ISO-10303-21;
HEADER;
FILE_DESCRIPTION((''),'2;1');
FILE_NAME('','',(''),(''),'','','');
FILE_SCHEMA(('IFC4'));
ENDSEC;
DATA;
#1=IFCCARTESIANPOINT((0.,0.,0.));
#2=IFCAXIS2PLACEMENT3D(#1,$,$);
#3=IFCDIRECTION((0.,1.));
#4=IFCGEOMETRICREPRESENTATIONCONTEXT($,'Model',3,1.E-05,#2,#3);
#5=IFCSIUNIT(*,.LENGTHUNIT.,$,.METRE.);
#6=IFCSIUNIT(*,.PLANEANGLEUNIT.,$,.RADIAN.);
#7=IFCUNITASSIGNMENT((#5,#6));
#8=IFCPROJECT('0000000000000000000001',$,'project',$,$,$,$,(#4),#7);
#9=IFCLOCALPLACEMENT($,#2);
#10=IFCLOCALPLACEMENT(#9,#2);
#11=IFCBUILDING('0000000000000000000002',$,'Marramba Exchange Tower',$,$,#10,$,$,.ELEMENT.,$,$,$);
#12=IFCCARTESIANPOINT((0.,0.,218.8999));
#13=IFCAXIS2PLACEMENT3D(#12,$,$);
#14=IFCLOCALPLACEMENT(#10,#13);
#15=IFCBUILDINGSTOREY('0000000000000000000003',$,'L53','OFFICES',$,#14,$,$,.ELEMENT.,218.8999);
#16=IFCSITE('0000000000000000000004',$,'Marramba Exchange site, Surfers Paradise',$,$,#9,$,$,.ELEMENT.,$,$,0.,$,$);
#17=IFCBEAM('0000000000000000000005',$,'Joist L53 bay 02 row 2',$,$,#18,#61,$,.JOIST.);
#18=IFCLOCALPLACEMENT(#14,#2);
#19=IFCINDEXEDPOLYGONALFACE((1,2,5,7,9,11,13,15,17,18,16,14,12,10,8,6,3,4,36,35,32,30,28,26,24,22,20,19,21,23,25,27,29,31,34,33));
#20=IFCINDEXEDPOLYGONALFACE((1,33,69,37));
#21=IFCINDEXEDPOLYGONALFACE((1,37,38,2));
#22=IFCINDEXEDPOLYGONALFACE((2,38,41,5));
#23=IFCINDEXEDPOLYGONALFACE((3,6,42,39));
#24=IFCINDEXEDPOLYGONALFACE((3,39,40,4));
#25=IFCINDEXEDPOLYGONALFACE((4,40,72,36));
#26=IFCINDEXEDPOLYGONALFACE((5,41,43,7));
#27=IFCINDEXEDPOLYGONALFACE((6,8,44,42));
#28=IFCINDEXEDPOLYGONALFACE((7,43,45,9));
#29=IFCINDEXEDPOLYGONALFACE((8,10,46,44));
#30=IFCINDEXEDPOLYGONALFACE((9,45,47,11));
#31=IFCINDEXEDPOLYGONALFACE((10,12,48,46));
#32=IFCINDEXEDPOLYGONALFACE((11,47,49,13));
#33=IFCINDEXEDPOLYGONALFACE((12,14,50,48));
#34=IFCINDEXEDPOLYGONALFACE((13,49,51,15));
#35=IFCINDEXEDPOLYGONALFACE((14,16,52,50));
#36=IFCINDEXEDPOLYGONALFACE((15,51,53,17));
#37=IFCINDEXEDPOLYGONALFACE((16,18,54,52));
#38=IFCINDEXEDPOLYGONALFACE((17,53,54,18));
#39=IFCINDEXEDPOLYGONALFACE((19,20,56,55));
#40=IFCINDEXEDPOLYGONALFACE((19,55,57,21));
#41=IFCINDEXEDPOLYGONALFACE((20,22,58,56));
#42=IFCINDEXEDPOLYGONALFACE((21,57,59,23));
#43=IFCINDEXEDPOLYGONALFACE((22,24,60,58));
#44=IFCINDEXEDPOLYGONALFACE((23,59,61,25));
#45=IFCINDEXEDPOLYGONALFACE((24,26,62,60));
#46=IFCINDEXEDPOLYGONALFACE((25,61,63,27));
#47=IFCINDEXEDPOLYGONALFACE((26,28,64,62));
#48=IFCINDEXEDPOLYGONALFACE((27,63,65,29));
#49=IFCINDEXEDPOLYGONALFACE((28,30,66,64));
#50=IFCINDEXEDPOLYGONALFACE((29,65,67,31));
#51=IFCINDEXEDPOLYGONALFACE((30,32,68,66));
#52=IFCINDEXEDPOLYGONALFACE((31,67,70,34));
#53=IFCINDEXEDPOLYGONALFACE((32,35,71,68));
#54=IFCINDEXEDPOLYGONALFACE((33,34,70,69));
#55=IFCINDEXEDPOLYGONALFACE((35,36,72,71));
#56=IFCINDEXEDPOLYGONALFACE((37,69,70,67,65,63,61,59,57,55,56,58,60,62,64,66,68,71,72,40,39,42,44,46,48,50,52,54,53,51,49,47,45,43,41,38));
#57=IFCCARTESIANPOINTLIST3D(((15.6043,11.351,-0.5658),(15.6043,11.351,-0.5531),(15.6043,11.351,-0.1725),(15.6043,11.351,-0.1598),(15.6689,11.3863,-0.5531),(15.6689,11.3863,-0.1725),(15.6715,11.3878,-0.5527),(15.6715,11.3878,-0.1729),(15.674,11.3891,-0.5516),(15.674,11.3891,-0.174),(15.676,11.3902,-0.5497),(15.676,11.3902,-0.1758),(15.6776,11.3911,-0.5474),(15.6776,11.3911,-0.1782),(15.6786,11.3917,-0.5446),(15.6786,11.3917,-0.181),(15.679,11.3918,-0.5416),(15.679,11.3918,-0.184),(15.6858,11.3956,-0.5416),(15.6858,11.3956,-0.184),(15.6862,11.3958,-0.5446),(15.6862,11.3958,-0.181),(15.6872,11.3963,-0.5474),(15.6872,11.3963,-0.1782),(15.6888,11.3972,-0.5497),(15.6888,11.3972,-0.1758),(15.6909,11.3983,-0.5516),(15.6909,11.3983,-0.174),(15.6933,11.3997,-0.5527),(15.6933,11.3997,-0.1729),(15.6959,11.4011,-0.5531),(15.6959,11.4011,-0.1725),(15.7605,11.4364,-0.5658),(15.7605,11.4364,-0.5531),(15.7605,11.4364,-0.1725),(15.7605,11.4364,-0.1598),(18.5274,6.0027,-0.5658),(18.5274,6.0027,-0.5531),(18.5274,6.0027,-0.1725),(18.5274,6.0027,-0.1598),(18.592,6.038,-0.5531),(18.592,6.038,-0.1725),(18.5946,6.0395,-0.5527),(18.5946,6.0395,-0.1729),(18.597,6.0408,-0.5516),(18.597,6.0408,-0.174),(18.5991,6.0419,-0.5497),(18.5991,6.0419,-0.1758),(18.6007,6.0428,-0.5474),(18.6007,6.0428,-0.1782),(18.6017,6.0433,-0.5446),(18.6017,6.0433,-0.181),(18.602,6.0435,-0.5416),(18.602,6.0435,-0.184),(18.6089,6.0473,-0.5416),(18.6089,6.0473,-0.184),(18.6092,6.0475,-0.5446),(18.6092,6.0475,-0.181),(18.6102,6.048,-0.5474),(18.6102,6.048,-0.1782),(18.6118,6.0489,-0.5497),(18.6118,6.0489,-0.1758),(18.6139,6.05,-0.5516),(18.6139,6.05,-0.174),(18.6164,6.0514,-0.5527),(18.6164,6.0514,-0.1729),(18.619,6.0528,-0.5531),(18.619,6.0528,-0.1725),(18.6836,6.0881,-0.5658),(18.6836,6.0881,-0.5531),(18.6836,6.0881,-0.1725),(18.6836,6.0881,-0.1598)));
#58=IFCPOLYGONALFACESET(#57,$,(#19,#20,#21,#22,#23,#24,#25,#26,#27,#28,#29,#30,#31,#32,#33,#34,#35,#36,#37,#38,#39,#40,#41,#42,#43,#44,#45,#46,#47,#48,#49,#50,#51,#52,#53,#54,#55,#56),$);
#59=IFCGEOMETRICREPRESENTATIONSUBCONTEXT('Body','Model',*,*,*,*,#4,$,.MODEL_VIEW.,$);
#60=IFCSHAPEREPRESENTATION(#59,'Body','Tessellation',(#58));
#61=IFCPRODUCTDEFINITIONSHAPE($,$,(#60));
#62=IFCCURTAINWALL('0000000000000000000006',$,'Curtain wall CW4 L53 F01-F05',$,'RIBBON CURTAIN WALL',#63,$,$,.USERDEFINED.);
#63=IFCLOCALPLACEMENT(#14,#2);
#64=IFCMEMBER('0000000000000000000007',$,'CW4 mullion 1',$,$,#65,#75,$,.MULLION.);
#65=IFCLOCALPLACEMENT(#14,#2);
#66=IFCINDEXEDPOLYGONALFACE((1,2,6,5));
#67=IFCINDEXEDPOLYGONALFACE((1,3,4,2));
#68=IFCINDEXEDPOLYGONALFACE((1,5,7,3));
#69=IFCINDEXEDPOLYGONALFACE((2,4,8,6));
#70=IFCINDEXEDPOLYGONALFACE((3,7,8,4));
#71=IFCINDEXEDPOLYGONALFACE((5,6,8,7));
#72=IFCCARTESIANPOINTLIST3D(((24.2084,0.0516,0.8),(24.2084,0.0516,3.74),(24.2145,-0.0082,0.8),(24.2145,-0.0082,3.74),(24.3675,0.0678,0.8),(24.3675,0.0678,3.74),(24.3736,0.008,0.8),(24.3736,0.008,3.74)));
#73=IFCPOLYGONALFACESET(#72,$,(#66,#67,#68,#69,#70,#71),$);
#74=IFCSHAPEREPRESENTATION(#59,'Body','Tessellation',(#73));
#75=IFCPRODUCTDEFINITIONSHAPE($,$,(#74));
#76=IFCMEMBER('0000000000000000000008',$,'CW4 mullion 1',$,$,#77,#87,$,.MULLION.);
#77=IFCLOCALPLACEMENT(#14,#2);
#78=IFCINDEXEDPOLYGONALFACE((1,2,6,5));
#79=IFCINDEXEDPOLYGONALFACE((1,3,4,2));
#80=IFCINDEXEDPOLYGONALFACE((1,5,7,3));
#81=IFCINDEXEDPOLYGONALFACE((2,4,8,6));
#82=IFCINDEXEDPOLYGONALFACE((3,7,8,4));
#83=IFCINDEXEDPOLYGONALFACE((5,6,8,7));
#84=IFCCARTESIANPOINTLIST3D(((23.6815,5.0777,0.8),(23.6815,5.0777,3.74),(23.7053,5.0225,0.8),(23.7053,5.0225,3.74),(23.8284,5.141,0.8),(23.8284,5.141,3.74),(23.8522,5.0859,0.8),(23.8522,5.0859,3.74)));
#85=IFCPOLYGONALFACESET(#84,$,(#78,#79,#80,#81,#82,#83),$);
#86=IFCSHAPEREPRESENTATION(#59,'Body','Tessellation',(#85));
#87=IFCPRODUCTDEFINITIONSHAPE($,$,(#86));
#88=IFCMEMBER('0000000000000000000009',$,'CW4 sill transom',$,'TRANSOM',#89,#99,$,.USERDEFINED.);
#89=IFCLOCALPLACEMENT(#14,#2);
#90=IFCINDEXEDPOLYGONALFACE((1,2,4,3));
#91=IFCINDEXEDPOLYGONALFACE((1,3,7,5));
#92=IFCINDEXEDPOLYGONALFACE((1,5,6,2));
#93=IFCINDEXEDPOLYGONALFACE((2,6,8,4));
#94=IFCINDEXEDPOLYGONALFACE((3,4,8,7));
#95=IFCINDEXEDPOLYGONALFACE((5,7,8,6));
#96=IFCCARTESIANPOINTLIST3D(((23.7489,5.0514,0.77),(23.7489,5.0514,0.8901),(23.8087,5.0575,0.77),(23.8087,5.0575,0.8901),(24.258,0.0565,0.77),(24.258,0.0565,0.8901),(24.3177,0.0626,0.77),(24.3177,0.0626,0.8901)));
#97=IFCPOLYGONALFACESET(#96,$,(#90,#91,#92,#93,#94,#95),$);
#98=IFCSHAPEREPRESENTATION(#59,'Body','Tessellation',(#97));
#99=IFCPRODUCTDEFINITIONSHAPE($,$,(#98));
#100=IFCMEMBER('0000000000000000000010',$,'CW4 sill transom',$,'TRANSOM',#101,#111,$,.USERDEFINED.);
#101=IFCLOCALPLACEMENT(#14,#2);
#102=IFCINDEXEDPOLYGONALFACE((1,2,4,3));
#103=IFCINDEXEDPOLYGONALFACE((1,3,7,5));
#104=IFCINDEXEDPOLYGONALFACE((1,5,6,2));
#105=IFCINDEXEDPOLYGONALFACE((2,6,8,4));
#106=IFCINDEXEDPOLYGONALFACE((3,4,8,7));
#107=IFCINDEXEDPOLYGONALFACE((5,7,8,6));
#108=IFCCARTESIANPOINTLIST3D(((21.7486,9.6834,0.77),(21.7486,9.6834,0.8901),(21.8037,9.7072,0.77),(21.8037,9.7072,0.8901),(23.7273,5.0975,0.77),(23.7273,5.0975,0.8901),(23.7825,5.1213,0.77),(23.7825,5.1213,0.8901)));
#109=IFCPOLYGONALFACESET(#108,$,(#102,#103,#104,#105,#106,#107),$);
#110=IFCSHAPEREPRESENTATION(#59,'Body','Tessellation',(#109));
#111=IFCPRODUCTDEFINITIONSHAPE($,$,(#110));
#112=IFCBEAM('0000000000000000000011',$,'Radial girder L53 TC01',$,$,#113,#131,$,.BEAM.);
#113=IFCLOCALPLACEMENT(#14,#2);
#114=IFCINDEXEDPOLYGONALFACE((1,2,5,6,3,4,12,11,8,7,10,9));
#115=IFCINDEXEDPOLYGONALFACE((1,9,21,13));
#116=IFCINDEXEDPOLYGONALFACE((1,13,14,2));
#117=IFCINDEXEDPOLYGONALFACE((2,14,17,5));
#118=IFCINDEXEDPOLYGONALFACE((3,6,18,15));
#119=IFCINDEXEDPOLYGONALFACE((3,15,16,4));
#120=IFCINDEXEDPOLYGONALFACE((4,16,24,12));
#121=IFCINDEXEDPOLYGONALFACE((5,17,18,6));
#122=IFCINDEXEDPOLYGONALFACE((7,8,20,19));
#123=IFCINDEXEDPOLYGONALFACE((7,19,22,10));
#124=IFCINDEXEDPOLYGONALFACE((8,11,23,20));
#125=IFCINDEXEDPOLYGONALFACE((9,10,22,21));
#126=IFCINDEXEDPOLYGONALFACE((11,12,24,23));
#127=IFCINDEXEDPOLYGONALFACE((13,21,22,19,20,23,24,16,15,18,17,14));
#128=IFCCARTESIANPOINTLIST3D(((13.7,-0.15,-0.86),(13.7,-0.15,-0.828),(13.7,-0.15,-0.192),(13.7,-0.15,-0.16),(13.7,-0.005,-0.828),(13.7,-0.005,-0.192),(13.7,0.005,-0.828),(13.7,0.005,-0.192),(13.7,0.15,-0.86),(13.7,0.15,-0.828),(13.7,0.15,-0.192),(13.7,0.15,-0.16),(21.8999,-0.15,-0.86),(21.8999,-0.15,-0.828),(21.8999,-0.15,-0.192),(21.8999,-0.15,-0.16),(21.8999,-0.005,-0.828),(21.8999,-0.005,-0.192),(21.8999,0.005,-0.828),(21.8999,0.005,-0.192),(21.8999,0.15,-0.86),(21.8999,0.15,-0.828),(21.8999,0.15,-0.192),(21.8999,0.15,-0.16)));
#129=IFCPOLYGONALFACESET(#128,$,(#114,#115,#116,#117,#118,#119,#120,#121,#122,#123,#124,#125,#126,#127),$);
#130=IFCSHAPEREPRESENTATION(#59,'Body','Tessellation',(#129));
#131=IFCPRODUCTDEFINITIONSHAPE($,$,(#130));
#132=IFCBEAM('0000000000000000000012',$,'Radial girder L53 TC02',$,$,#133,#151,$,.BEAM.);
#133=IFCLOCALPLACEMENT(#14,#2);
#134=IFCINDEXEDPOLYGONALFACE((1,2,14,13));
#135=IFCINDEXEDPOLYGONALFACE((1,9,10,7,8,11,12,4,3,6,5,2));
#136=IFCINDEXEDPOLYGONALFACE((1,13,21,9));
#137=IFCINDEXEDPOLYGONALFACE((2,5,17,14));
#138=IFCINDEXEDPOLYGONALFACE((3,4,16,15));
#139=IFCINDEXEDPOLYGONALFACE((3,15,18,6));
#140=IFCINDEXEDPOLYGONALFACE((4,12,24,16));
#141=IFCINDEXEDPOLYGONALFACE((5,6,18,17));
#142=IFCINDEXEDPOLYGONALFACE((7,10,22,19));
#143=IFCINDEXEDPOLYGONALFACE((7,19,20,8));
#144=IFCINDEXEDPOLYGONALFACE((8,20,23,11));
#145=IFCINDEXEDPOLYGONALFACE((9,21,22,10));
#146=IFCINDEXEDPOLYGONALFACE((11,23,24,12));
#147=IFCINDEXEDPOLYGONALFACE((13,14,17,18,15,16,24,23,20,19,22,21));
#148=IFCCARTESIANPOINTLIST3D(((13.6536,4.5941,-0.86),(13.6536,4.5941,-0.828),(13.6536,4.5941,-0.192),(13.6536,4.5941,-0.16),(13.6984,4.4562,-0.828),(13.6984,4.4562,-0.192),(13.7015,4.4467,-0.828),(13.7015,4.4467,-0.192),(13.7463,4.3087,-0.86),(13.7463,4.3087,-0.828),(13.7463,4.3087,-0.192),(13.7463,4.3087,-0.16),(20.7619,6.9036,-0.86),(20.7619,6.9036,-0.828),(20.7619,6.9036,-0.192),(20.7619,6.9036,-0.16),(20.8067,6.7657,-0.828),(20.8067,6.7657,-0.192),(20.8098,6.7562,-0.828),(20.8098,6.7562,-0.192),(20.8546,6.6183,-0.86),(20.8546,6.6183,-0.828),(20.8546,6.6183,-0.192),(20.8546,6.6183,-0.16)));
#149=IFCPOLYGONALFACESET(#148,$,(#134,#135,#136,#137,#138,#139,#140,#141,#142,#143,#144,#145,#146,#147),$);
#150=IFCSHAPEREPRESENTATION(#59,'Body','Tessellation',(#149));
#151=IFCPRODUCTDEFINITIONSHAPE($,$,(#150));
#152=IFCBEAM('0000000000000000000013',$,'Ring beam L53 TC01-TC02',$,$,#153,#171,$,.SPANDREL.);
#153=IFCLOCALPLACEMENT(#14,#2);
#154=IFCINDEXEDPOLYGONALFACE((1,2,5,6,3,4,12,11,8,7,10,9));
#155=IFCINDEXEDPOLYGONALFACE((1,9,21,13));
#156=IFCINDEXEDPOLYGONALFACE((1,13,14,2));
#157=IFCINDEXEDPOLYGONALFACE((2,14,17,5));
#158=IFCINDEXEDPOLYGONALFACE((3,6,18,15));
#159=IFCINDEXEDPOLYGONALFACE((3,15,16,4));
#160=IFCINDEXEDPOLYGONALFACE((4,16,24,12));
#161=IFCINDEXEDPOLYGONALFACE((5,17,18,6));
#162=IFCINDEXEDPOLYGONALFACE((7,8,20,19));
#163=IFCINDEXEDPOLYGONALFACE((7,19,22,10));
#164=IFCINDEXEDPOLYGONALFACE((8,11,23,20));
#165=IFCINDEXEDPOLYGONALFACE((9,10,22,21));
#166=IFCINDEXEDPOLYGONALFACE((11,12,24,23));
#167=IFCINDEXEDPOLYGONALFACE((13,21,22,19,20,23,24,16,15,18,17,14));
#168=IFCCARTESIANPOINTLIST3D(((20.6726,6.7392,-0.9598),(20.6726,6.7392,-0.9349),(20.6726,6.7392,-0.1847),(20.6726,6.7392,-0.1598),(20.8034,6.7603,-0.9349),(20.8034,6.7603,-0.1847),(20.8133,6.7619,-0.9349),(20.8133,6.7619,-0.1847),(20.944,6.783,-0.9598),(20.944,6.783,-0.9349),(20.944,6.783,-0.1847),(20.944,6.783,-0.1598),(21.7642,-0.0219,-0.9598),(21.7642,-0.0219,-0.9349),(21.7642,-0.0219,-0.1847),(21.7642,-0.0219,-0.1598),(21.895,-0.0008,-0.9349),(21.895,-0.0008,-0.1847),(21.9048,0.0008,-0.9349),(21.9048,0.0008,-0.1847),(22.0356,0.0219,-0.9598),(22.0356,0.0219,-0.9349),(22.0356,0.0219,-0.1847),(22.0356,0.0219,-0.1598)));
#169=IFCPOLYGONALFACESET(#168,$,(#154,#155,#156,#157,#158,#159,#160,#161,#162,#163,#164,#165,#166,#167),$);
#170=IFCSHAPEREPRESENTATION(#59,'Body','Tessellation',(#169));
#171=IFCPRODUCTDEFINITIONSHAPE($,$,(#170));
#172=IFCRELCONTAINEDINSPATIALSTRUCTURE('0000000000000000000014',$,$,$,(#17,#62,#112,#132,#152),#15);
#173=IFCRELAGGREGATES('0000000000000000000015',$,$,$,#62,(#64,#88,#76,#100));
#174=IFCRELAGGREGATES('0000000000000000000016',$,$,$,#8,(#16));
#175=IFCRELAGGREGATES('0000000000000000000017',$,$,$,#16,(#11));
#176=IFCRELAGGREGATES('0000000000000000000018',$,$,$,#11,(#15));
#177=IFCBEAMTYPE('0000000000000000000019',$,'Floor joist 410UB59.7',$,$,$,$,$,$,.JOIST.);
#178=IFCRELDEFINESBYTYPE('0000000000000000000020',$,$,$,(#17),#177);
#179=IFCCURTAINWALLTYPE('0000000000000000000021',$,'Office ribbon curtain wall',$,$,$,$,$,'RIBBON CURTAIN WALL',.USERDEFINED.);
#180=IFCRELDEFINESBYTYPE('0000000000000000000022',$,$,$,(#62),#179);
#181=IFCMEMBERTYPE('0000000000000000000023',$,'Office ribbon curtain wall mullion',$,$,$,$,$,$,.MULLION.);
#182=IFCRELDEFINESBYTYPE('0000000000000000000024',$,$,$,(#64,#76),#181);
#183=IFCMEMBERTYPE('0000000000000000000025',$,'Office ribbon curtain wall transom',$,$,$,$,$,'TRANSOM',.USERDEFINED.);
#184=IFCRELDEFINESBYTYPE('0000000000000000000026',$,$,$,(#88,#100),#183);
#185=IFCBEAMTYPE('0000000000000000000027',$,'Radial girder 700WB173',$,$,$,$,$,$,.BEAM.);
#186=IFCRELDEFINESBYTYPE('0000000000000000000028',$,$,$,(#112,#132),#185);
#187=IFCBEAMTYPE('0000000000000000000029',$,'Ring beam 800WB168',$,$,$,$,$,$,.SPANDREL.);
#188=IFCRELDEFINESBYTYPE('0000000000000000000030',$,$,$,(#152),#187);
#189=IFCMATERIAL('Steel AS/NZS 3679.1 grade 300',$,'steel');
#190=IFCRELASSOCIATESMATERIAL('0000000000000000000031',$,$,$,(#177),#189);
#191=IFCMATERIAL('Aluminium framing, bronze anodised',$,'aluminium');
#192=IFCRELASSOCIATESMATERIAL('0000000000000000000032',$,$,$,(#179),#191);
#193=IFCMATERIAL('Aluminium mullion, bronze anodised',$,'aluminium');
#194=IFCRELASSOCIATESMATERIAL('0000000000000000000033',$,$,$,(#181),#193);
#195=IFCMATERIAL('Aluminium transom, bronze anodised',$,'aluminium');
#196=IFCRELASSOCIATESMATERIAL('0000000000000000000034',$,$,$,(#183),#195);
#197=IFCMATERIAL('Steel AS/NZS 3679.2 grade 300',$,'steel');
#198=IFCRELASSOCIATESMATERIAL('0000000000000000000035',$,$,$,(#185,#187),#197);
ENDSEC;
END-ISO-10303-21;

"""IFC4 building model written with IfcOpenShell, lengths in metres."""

from ifc_helpers import new_model, si_unit, direction, frame, origin, origin_2d, place, context, subcontext, project, spatial, rectangle, i_section, extrude, material, material_profile, profile_set, type_object, element, aggregate, save


model = new_model("IFC4")

# Units and contexts
model_context = context("Model", 3, precision=1e-05, world=origin(), true_north=direction((0.0, 1.0)))
body_context = subcontext(model_context, "Body", "Model", "MODEL_VIEW")
ifc_project = project(units=[si_unit("LENGTHUNIT", "METRE"), si_unit("PLANEANGLEUNIT", "RADIAN")], contexts=[model_context])

# Site, building, storey
site_placement = place(None, origin())
site = spatial("IfcSite", under=ifc_project, at=site_placement, Name="Marramba Exchange site, Surfers Paradise", CompositionType="ELEMENT", RefElevation=0.0)
building_placement = place(site_placement, origin())
building = spatial("IfcBuilding", under=site, at=building_placement, Name="Marramba Exchange Tower", CompositionType="ELEMENT")
storey_placement = place(building_placement, frame((0.0, 0.0, 218.8999)))
storey = spatial("IfcBuildingStorey", under=building, at=storey_placement, Name="L53", Description="OFFICES", CompositionType="ELEMENT", Elevation=218.8999)

# Beam
ifc_material_1 = material(Name="Steel AS/NZS 3679.2 grade 300", Category="steel")
ifc_material_2 = material(Name="Steel AS/NZS 3679.1 grade 300", Category="steel")
ifc_material_profile_1 = material_profile(ifc_material_2, i_section(OverallWidth=0.178, OverallDepth=0.406, WebThickness=0.0078, FlangeThickness=0.0127, FilletRadius=0.0115, at=origin_2d()), Name="410UB59.7")
ifc_profile_set_1 = profile_set([ifc_material_profile_1], Name="Steel AS/NZS 3679.1 grade 300")
beam_type_1 = type_object("IfcBeamType", Name="Floor joist 410UB59.7", PredefinedType="JOIST", material=ifc_profile_set_1)
beam_1_placement = place(storey_placement, frame((18.6055, 6.0454, -0.3628), z_axis=(-0.479584, 0.877496, 0.0), x_axis=(-0.877496, -0.479584, 0.0)))
element("IfcBeam", 1, at=beam_1_placement, inside=storey, type_object=beam_type_1, Name="Joist L53 bay 02 row 2", PredefinedType="JOIST", context=body_context, shape_type="SweptSolid", body=[
    extrude(i_section(OverallWidth=0.178, OverallDepth=0.406, WebThickness=0.0078, FlangeThickness=0.0127, FilletRadius=0.0115, at=origin_2d()), origin(), (0.0, 0.0, 1.0), 6.095),
])

# Curtain wall, members
ifc_material_3 = material(Name="Aluminium framing, bronze anodised", Category="aluminium")
curtain_wall_type = type_object("IfcCurtainWallType", Name="Office ribbon curtain wall", ElementType="RIBBON CURTAIN WALL", PredefinedType="USERDEFINED", material=ifc_material_3)
curtain_wall_placement = place(storey_placement, origin())
curtain_wall = element("IfcCurtainWall", 2, at=curtain_wall_placement, inside=storey, type_object=curtain_wall_type, Name="Curtain wall CW4 L53 F01-F05", ObjectType="RIBBON CURTAIN WALL", PredefinedType="USERDEFINED")
ifc_material_4 = material(Name="Aluminium mullion, bronze anodised", Category="aluminium")
ifc_material_profile_2 = material_profile(ifc_material_4, rectangle(XDim=0.1599, YDim=0.0601, at=origin_2d()), Name="CW4 mullion 60x160")
ifc_profile_set_2 = profile_set([ifc_material_profile_2], Name="Aluminium mullion, bronze anodised")
member_type_1 = type_object("IfcMemberType", Name="Office ribbon curtain wall mullion", PredefinedType="MULLION", material=ifc_profile_set_2)
member_1_placement = place(storey_placement, frame((24.291, 0.0298, 0.8), z_axis=(0.0, 0.0, 1.0), x_axis=(-0.994843, -0.101422, 0.0)))
member_1 = element("IfcMember", 3, at=member_1_placement, type_object=member_type_1, Name="CW4 mullion 1", PredefinedType="MULLION", context=body_context, shape_type="SweptSolid", body=[
    extrude(rectangle(XDim=0.1599, YDim=0.0601, at=origin_2d()), origin(), (0.0, 0.0, 1.0), 2.9399),
])
member_2_placement = place(storey_placement, frame((23.7668, 5.0818, 0.8), z_axis=(0.0, 0.0, 1.0), x_axis=(-0.918167, -0.396193, 0.0)))
member_2 = element("IfcMember", 4, at=member_2_placement, type_object=member_type_1, Name="CW4 mullion 1", PredefinedType="MULLION", context=body_context, shape_type="SweptSolid", body=[
    extrude(rectangle(XDim=0.1599, YDim=0.0601, at=origin_2d()), origin(), (0.0, 0.0, 1.0), 2.9399),
])
ifc_material_5 = material(Name="Aluminium transom, bronze anodised", Category="aluminium")
ifc_material_profile_3 = material_profile(ifc_material_5, rectangle(XDim=0.0601, YDim=0.1201, at=origin_2d()), Name="CW4 transom 60x120")
ifc_profile_set_3 = profile_set([ifc_material_profile_3], Name="Aluminium transom, bronze anodised")
member_type_2 = type_object("IfcMemberType", Name="Office ribbon curtain wall transom", ElementType="TRANSOM", PredefinedType="USERDEFINED", material=ifc_profile_set_3)
member_3_placement = place(storey_placement, frame((24.2878, 0.0596, 0.8301), z_axis=(-0.101386, 0.994847, 0.0), x_axis=(-0.994847, -0.101386, 0.0)))
member_3 = element("IfcMember", 5, at=member_3_placement, type_object=member_type_2, Name="CW4 sill transom", ObjectType="TRANSOM", PredefinedType="USERDEFINED", context=body_context, shape_type="SweptSolid", body=[
    extrude(rectangle(XDim=0.0601, YDim=0.1201, at=origin_2d()), origin(), (0.0, 0.0, 1.0), 5.0208),
])
member_4_placement = place(storey_placement, frame((23.7549, 5.1094, 0.8301), z_axis=(-0.396178, 0.918174, 0.0), x_axis=(-0.918174, -0.396178, 0.0)))
member_4 = element("IfcMember", 6, at=member_4_placement, type_object=member_type_2, Name="CW4 sill transom", ObjectType="TRANSOM", PredefinedType="USERDEFINED", context=body_context, shape_type="SweptSolid", body=[
    extrude(rectangle(XDim=0.0601, YDim=0.1201, at=origin_2d()), origin(), (0.0, 0.0, 1.0), 4.9946),
])

# Beams
ifc_material_profile_4 = material_profile(ifc_material_1, i_section(OverallWidth=0.3, OverallDepth=0.7, WebThickness=0.01, FlangeThickness=0.032, at=origin_2d()), Name="700WB173")
ifc_profile_set_4 = profile_set([ifc_material_profile_4], Name="Steel AS/NZS 3679.2 grade 300")
beam_type_2 = type_object("IfcBeamType", Name="Radial girder 700WB173", PredefinedType="BEAM", material=ifc_profile_set_4)
beam_2_placement = place(storey_placement, frame((13.7, 0.0, -0.51), z_axis=(1.0, 0.0, 0.0), x_axis=(0.0, 1.0, 0.0)))
element("IfcBeam", 7, at=beam_2_placement, inside=storey, type_object=beam_type_2, Name="Radial girder L53 TC01", PredefinedType="BEAM", context=body_context, shape_type="SweptSolid", body=[
    extrude(i_section(OverallWidth=0.3, OverallDepth=0.7, WebThickness=0.01, FlangeThickness=0.032, at=origin_2d()), origin(), (0.0, 0.0, 1.0), 8.2),
])
beam_3_placement = place(storey_placement, frame((13.7, 4.4514, -0.51), z_axis=(0.95106, 0.309006, 0.0), x_axis=(-0.309006, 0.95106, 0.0)))
element("IfcBeam", 8, at=beam_3_placement, inside=storey, type_object=beam_type_2, Name="Radial girder L53 TC02", PredefinedType="BEAM", context=body_context, shape_type="SweptSolid", body=[
    extrude(i_section(OverallWidth=0.3, OverallDepth=0.7, WebThickness=0.01, FlangeThickness=0.032, at=origin_2d()), origin(), (0.0, 0.0, 1.0), 7.4741),
])
ifc_material_profile_5 = material_profile(ifc_material_1, i_section(OverallWidth=0.2749, OverallDepth=0.8, WebThickness=0.01, FlangeThickness=0.0249, at=origin_2d()), Name="800WB168")
ifc_profile_set_5 = profile_set([ifc_material_profile_5], Name="Steel AS/NZS 3679.2 grade 300")
beam_type_3 = type_object("IfcBeamType", Name="Ring beam 800WB168", PredefinedType="SPANDREL", material=ifc_profile_set_5)
beam_4_placement = place(storey_placement, frame((21.8999, 0.0, -0.5598), z_axis=(-0.159385, 0.987217, 0.0), x_axis=(-0.987217, -0.159385, 0.0)))
element("IfcBeam", 9, at=beam_4_placement, inside=storey, type_object=beam_type_3, Name="Ring beam L53 TC01-TC02", PredefinedType="SPANDREL", context=body_context, shape_type="SweptSolid", body=[
    extrude(i_section(OverallWidth=0.2749, OverallDepth=0.8, WebThickness=0.01, FlangeThickness=0.0249, at=origin_2d()), origin(), (0.0, 0.0, 1.0), 6.8486),
])

aggregate(curtain_wall, [member_1, member_3, member_2, member_4])

save(model, "model.ifc")
